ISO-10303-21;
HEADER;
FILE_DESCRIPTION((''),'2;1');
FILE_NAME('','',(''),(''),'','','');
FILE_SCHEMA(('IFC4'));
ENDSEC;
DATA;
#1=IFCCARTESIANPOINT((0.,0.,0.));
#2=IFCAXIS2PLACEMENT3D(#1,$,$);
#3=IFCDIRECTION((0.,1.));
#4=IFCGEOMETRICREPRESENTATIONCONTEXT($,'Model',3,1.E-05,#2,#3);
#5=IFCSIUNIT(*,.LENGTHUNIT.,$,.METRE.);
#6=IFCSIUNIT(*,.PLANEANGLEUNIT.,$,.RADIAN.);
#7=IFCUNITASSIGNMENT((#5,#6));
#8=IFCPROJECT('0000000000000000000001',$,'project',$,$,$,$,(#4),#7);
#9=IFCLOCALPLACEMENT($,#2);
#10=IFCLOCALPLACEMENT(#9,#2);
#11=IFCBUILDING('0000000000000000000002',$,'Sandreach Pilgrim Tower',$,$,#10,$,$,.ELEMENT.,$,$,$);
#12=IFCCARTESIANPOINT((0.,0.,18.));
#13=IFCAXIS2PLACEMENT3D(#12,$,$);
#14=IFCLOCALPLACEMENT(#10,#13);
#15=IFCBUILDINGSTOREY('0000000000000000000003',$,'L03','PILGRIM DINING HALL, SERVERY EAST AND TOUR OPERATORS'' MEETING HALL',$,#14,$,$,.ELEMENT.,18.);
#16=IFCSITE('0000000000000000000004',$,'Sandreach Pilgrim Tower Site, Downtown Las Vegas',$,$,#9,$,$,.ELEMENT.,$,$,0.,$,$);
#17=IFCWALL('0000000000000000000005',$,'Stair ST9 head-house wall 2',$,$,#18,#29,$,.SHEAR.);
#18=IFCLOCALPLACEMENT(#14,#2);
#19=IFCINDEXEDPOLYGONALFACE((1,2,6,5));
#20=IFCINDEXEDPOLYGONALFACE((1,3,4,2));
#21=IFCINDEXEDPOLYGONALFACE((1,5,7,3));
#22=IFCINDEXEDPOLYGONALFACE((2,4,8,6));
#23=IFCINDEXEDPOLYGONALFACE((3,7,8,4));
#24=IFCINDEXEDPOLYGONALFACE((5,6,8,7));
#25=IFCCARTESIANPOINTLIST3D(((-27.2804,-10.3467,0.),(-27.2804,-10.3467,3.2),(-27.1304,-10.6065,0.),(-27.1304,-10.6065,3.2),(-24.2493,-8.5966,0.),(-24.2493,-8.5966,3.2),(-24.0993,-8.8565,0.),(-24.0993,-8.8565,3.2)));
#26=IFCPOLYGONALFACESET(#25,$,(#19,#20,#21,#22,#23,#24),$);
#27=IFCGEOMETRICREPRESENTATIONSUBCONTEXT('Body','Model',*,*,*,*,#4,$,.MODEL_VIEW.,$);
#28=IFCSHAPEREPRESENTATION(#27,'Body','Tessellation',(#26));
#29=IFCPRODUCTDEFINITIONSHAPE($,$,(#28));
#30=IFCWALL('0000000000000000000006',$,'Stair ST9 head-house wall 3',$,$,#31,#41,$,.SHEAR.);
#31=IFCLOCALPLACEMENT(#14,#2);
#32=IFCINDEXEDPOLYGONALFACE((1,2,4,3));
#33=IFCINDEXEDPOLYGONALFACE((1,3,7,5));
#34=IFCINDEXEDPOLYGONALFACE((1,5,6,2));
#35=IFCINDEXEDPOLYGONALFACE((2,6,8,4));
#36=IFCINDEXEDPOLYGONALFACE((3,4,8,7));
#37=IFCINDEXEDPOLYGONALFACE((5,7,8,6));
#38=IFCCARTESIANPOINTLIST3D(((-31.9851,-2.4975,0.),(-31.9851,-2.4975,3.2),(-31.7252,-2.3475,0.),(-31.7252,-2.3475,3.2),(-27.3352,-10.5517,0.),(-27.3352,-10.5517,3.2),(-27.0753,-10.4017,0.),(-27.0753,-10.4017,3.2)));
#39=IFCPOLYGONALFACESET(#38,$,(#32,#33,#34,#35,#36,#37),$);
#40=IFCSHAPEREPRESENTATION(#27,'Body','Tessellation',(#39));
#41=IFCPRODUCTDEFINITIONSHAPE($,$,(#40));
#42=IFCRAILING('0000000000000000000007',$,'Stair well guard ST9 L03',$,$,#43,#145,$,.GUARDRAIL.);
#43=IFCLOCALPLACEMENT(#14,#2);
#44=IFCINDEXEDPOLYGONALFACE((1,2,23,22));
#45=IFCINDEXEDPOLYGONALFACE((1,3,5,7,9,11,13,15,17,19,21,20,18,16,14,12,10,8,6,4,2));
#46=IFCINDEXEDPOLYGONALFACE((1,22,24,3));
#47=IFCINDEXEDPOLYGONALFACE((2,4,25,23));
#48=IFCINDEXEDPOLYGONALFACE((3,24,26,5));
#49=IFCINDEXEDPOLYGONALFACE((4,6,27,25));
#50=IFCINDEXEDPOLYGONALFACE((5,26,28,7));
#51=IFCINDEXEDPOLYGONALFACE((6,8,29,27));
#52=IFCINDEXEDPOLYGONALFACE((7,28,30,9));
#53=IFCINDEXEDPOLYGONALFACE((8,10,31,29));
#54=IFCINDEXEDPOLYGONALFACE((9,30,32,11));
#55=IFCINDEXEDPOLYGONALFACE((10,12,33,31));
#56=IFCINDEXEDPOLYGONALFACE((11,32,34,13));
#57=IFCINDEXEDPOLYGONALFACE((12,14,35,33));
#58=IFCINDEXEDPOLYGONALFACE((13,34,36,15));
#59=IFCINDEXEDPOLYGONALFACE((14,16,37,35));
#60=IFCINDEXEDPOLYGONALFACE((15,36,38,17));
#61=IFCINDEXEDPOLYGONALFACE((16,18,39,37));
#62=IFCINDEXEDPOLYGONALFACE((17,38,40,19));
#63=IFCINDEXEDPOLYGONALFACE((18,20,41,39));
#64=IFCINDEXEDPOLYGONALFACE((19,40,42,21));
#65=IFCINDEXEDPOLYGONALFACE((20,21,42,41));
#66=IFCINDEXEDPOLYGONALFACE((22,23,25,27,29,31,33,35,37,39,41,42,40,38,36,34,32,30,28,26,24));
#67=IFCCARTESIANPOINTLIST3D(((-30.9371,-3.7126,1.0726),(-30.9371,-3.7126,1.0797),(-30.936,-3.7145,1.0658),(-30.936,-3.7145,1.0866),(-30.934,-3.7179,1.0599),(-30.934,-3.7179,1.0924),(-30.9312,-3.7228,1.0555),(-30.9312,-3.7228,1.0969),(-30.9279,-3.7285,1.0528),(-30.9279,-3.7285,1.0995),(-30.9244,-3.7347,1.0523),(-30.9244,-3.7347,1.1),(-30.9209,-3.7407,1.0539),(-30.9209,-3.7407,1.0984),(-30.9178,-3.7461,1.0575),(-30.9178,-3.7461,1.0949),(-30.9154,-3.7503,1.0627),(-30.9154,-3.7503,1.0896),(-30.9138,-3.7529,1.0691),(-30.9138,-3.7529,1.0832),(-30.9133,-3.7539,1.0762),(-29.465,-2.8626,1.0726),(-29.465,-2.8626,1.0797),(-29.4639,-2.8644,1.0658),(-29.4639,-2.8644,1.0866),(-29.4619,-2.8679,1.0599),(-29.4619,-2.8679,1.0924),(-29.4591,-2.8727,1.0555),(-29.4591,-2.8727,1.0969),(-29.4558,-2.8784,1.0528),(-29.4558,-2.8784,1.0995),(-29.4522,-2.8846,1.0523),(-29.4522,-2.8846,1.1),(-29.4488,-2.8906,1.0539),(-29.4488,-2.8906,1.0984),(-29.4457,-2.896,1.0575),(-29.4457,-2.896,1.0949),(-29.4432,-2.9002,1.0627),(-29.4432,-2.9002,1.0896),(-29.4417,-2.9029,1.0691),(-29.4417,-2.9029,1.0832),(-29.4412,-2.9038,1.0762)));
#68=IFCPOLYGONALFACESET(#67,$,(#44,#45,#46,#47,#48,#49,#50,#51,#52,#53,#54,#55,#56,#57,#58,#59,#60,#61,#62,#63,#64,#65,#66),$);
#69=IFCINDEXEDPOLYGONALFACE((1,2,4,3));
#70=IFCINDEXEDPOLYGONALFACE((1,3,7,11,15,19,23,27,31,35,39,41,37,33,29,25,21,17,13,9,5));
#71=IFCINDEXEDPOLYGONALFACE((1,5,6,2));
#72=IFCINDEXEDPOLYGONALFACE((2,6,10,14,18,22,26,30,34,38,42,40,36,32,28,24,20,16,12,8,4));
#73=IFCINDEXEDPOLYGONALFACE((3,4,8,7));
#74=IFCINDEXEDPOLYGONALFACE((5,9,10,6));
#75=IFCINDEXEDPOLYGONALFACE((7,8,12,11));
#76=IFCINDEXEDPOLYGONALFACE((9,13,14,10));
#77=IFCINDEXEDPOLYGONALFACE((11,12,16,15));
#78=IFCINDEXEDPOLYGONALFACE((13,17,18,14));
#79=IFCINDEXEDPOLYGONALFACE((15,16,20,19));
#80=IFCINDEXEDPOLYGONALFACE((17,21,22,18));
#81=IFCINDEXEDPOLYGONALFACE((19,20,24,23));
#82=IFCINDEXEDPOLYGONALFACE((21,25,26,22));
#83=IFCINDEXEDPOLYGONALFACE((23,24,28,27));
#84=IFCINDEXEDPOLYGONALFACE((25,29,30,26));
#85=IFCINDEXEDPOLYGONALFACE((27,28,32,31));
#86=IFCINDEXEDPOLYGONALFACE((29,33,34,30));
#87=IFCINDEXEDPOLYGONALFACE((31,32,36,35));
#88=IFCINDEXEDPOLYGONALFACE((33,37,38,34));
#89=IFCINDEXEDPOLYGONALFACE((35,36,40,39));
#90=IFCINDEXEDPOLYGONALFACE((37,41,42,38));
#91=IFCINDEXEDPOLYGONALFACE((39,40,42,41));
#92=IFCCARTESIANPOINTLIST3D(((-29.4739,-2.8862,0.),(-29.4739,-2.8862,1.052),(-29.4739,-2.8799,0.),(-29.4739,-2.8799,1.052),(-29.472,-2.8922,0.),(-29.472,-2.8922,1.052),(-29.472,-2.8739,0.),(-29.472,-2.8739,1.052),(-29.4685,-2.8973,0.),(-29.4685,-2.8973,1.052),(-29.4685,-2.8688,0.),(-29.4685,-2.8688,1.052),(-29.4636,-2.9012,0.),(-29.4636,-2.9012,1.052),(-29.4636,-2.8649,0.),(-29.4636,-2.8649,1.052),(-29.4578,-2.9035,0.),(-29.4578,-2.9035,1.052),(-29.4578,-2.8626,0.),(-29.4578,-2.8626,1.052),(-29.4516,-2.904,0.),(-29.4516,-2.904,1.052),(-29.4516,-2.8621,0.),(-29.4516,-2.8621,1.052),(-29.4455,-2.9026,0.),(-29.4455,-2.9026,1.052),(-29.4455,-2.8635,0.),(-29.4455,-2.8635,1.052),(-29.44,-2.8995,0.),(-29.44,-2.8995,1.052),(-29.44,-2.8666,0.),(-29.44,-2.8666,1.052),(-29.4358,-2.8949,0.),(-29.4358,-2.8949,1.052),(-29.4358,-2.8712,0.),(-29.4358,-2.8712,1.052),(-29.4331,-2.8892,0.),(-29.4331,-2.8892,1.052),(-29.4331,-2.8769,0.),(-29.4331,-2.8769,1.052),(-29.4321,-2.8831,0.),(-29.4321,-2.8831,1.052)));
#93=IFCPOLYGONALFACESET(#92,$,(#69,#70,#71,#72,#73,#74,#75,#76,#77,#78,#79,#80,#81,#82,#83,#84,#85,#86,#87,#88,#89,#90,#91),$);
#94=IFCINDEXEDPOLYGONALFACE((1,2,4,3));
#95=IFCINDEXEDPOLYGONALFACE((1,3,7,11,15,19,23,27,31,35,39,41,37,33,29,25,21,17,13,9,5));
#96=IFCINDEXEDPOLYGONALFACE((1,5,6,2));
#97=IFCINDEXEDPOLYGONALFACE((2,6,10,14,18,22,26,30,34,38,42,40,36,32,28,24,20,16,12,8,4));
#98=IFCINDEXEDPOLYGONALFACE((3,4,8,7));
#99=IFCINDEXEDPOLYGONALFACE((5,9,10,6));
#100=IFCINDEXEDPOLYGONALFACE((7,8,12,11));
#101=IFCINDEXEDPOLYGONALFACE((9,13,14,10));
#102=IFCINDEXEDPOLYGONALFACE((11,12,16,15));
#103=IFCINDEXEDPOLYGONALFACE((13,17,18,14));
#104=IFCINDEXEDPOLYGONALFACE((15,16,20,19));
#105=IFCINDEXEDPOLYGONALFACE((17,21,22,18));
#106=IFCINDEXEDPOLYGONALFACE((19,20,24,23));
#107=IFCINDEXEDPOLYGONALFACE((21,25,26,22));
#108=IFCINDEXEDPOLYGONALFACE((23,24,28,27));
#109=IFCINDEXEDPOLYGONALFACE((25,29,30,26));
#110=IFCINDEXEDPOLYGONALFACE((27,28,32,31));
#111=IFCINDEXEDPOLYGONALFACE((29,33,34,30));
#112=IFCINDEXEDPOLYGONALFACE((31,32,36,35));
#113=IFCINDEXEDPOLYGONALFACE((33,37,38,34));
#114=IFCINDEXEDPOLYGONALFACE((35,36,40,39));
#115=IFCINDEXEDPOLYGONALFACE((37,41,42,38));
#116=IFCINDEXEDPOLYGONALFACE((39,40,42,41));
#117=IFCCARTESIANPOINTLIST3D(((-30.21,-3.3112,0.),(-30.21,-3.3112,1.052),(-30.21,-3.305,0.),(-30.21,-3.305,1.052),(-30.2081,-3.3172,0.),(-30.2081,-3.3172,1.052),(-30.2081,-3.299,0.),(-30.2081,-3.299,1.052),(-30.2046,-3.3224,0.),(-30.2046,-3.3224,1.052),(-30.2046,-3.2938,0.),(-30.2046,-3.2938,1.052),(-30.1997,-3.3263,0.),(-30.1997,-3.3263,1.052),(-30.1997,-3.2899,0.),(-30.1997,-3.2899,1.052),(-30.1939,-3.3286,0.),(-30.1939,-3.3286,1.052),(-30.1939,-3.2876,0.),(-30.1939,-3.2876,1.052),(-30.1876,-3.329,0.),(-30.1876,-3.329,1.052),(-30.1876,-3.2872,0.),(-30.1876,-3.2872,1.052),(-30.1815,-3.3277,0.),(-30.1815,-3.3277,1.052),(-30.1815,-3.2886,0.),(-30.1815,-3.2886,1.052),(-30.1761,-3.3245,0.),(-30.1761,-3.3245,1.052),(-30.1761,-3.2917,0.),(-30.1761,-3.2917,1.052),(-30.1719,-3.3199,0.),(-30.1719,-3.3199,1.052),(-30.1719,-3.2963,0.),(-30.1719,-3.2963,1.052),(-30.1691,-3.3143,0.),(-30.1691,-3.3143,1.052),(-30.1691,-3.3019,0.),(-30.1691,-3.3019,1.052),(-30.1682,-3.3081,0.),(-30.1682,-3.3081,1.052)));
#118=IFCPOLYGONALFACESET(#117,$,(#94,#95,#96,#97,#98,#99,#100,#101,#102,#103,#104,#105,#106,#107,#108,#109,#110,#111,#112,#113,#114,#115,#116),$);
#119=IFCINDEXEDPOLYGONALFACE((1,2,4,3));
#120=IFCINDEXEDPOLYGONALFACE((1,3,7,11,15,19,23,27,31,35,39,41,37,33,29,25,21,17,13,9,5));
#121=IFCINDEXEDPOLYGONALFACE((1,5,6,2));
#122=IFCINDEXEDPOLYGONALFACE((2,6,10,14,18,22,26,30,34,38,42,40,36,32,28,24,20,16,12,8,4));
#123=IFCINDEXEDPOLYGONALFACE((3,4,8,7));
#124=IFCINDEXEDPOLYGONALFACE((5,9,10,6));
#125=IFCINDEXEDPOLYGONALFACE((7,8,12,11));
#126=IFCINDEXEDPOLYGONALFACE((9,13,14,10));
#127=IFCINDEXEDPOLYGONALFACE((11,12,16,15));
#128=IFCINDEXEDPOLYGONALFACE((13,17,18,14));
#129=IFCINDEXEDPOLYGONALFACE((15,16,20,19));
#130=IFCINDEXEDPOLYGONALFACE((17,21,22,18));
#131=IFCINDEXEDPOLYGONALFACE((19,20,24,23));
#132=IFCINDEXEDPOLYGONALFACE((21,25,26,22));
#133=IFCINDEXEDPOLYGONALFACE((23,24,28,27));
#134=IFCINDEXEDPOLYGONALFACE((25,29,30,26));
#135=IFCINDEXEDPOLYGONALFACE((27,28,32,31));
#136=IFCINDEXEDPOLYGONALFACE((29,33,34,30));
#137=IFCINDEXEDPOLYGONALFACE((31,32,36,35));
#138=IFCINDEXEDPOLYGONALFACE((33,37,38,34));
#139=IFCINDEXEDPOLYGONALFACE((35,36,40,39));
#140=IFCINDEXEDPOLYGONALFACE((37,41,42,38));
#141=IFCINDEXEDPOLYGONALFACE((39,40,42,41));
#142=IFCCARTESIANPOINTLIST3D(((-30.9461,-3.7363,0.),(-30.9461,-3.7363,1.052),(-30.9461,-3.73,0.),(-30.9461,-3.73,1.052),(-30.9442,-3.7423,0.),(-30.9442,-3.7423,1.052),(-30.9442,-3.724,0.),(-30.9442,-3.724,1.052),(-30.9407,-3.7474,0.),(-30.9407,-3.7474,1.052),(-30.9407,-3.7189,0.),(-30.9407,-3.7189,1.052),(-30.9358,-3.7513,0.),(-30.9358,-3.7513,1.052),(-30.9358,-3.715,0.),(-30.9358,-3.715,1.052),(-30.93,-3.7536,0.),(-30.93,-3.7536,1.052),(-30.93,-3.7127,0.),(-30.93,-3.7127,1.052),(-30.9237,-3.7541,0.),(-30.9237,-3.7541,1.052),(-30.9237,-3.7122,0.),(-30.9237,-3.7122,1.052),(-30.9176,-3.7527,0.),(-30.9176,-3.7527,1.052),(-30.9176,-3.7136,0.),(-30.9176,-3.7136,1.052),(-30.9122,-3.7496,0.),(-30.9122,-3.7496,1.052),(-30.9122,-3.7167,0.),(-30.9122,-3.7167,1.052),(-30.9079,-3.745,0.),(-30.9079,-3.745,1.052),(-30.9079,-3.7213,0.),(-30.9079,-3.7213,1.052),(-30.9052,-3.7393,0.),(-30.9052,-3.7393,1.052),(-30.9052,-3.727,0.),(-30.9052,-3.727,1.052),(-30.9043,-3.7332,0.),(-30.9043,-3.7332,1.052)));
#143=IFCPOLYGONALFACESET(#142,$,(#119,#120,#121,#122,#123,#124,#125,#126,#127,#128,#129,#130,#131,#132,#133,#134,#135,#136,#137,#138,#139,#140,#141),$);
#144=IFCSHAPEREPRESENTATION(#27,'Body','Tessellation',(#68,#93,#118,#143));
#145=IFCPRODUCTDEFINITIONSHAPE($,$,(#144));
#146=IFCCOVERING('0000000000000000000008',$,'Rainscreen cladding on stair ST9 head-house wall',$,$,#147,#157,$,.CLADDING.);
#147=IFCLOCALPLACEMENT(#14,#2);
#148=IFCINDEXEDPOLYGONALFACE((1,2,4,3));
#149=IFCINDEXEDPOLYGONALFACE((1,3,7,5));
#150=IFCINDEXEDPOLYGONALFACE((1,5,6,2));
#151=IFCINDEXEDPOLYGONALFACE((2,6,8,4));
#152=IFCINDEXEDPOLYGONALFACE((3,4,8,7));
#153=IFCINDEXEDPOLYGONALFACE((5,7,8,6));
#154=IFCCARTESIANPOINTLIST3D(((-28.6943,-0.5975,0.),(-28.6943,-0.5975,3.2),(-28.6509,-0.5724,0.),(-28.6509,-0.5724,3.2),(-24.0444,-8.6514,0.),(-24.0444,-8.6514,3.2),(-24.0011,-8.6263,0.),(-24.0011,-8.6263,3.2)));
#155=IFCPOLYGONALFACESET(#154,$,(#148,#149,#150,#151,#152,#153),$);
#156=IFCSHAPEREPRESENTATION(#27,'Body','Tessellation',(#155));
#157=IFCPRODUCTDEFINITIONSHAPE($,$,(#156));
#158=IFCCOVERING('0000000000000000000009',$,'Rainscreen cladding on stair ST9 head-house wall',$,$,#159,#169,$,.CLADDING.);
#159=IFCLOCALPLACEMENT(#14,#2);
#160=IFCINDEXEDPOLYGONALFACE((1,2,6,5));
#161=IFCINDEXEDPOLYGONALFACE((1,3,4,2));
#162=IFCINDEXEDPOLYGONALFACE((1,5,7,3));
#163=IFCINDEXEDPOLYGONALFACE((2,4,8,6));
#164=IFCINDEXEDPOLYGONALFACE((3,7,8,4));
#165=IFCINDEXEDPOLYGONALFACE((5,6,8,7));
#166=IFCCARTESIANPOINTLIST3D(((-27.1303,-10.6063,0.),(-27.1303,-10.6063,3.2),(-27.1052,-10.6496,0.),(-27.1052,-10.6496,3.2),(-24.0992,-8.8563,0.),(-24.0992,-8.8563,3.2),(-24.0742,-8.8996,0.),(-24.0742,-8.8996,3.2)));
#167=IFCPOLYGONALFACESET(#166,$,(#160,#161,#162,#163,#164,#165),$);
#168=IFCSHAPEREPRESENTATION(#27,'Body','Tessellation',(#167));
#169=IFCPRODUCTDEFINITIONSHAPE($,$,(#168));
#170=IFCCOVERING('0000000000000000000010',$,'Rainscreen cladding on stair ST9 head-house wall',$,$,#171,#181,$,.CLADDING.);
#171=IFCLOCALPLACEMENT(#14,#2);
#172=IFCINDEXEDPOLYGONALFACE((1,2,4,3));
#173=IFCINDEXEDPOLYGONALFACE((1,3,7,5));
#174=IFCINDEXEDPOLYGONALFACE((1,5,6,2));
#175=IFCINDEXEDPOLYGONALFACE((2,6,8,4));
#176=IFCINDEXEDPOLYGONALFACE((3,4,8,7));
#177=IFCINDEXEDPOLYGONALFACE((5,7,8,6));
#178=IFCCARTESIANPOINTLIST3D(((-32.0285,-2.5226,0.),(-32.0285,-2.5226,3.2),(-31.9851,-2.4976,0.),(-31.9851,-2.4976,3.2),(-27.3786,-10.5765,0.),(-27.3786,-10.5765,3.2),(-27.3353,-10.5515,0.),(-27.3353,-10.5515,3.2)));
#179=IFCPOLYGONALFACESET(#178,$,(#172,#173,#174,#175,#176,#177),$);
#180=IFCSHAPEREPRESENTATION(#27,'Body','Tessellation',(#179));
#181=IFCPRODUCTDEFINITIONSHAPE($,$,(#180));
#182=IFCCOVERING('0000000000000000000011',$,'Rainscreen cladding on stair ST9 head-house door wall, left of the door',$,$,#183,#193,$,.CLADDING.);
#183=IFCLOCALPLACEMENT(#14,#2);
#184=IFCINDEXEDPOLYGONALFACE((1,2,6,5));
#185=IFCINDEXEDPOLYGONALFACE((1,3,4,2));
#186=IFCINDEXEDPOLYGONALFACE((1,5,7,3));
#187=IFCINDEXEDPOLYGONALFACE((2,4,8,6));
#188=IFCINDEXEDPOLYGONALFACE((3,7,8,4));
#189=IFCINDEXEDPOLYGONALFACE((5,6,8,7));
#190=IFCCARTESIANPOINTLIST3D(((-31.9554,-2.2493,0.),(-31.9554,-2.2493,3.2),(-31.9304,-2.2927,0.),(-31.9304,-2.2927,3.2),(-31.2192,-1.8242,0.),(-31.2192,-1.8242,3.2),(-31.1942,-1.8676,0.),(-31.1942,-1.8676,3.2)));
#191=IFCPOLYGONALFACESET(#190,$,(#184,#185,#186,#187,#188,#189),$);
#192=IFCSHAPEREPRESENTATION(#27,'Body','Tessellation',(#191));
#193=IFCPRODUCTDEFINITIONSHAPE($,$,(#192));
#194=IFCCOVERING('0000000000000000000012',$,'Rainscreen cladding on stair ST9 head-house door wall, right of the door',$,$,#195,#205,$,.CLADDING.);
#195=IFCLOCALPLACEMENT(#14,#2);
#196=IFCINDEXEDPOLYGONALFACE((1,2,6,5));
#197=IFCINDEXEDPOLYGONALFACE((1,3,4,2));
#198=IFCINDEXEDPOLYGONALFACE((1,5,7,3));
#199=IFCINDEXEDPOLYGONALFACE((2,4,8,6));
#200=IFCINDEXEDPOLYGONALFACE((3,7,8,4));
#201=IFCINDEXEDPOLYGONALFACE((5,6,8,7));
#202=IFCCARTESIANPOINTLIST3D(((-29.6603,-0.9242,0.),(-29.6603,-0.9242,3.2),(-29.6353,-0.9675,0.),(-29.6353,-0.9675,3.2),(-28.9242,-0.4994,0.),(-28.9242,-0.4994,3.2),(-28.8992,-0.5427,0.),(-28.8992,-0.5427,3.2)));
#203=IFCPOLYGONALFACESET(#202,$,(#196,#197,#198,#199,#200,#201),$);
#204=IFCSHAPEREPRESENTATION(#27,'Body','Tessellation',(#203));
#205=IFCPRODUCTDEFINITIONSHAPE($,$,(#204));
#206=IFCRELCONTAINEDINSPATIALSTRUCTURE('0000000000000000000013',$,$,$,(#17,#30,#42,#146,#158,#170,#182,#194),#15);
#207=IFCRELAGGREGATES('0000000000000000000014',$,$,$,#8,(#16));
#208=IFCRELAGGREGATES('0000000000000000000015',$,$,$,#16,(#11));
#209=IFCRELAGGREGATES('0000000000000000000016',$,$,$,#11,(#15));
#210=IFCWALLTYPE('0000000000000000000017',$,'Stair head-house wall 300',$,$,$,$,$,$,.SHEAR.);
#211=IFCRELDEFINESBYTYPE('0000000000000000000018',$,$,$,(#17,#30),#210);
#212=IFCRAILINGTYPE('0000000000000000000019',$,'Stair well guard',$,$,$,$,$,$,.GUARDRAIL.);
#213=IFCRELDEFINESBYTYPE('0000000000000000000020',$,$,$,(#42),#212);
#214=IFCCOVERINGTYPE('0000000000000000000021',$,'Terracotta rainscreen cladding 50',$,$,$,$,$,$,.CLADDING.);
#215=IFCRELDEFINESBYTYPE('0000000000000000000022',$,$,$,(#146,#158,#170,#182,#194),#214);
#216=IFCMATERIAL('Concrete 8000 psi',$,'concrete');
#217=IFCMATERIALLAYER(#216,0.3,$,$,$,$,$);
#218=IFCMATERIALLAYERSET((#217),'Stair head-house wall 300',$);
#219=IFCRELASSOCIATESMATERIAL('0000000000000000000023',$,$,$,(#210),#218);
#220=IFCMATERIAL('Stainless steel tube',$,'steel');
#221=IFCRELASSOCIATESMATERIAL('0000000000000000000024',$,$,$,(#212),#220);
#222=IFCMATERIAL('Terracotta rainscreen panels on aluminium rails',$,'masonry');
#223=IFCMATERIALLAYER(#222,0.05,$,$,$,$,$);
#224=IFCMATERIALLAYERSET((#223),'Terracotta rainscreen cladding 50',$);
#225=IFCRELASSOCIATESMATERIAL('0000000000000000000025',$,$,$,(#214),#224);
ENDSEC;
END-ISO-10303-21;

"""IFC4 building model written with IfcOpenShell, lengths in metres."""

from ifc_helpers import new_model, si_unit, direction, frame, frame_2d, origin, origin_2d, place, context, subcontext, project, spatial, rectangle, circle, extrude, material, layer, layer_set, type_object, element, save


model = new_model("IFC4")

# Units and contexts
model_context = context("Model", 3, precision=1e-05, world=origin(), true_north=direction((0.0, 1.0)))
body_context = subcontext(model_context, "Body", "Model", "MODEL_VIEW")
ifc_project = project(units=[si_unit("LENGTHUNIT", "METRE"), si_unit("PLANEANGLEUNIT", "RADIAN")], contexts=[model_context])

# Site, building, storey
site_placement = place(None, origin())
site = spatial("IfcSite", under=ifc_project, at=site_placement, Name="Sandreach Pilgrim Tower Site, Downtown Las Vegas", CompositionType="ELEMENT", RefElevation=0.0)
building_placement = place(site_placement, origin())
building = spatial("IfcBuilding", under=site, at=building_placement, Name="Sandreach Pilgrim Tower", CompositionType="ELEMENT")
storey_placement = place(building_placement, frame((0.0, 0.0, 18.0)))
storey = spatial("IfcBuildingStorey", under=building, at=storey_placement, Name="L03", Description="PILGRIM DINING HALL, SERVERY EAST AND TOUR OPERATORS' MEETING HALL", CompositionType="ELEMENT", Elevation=18.0)

# Walls
ifc_material_1 = material(Name="Concrete 8000 psi", Category="concrete")
ifc_layer_1 = layer(ifc_material_1, 0.3)
ifc_layer_set_1 = layer_set([ifc_layer_1], Name="Stair head-house wall 300")
wall_type = type_object("IfcWallType", Name="Stair head-house wall 300", PredefinedType="SHEAR", material=ifc_layer_set_1)
wall_1_placement = place(storey_placement, frame((-24.1743, -8.7266, 0.0), z_axis=(0.0, 0.0, 1.0), x_axis=(-0.866019, -0.50001, 0.0)))
element("IfcWall", 1, at=wall_1_placement, inside=storey, type_object=wall_type, Name="Stair ST9 head-house wall 2", PredefinedType="SHEAR", context=body_context, shape_type="SweptSolid", body=[
    extrude(rectangle(XDim=3.5, YDim=0.3, at=frame_2d((1.75, 0.0))), origin(), (0.0, 0.0, 1.0), 3.2),
])
wall_2_placement = place(storey_placement, frame((-27.2053, -10.4766, 0.0), z_axis=(0.0, 0.0, 1.0), x_axis=(-0.499985, 0.866034, 0.0)))
element("IfcWall", 2, at=wall_2_placement, inside=storey, type_object=wall_type, Name="Stair ST9 head-house wall 3", PredefinedType="SHEAR", context=body_context, shape_type="SweptSolid", body=[
    extrude(rectangle(XDim=9.3, YDim=0.3, at=frame_2d((4.6499, 0.0))), origin(), (0.0, 0.0, 1.0), 3.2),
])

# Railing
ifc_material_2 = material(Name="Stainless steel tube", Category="steel")
railing_type = type_object("IfcRailingType", Name="Stair well guard", PredefinedType="GUARDRAIL", material=ifc_material_2)
railing_placement = place(storey_placement, frame((-29.4531, -2.8831, 0.0)))
element("IfcRailing", 3, at=railing_placement, inside=storey, type_object=railing_type, Name="Stair well guard ST9 L03", PredefinedType="GUARDRAIL", context=body_context, shape_type="SweptSolid", body=[
    extrude(circle(Radius=0.0239, at=origin_2d()), frame((0.0, 0.0, 1.0762), z_axis=(-0.865989, -0.500062, 0.0), x_axis=(0.500062, -0.865989, 0.0)), (0.0, 0.0, 1.0), 1.7),
    extrude(circle(Radius=0.021, at=origin_2d()), origin(), (0.0, 0.0, 1.0), 1.052),
    extrude(circle(Radius=0.021, at=origin_2d()), frame((-0.7361, -0.425, 0.0)), (0.0, 0.0, 1.0), 1.052),
    extrude(circle(Radius=0.021, at=origin_2d()), frame((-1.4722, -0.8501, 0.0)), (0.0, 0.0, 1.0), 1.052),
])

# Coverings
ifc_material_3 = material(Name="Terracotta rainscreen panels on aluminium rails", Category="masonry")
ifc_layer_2 = layer(ifc_material_3, 0.05)
ifc_layer_set_2 = layer_set([ifc_layer_2], Name="Terracotta rainscreen cladding 50")
covering_type = type_object("IfcCoveringType", Name="Terracotta rainscreen cladding 50", PredefinedType="CLADDING", material=ifc_layer_set_2)
covering_1_placement = place(storey_placement, frame((-28.6726, -0.585, 0.0), z_axis=(0.0, 0.0, 1.0), x_axis=(0.499996, -0.866028, 0.0)))
element("IfcCovering", 4, at=covering_1_placement, inside=storey, type_object=covering_type, Name="Rainscreen cladding on stair ST9 head-house wall", PredefinedType="CLADDING", context=body_context, shape_type="SweptSolid", body=[
    extrude(rectangle(XDim=9.2998, YDim=0.05, at=frame_2d((4.6499, 0.0))), origin(), (0.0, 0.0, 1.0), 3.2),
])
covering_2_placement = place(storey_placement, frame((-24.0867, -8.8779, 0.0), z_axis=(0.0, 0.0, 1.0), x_axis=(-0.866019, -0.50001, 0.0)))
element("IfcCovering", 5, at=covering_2_placement, inside=storey, type_object=covering_type, Name="Rainscreen cladding on stair ST9 head-house wall", PredefinedType="CLADDING", context=body_context, shape_type="SweptSolid", body=[
    extrude(rectangle(XDim=3.5, YDim=0.05, at=frame_2d((1.75, 0.0))), origin(), (0.0, 0.0, 1.0), 3.2),
])
covering_3_placement = place(storey_placement, frame((-27.3569, -10.564, 0.0), z_axis=(0.0, 0.0, 1.0), x_axis=(-0.499996, 0.866028, 0.0)))
element("IfcCovering", 6, at=covering_3_placement, inside=storey, type_object=covering_type, Name="Rainscreen cladding on stair ST9 head-house wall", PredefinedType="CLADDING", context=body_context, shape_type="SweptSolid", body=[
    extrude(rectangle(XDim=9.2998, YDim=0.05, at=frame_2d((4.6499, 0.0))), origin(), (0.0, 0.0, 1.0), 3.2),
])
covering_4_placement = place(storey_placement, frame((-31.9429, -2.271, 0.0), z_axis=(0.0, 0.0, 1.0), x_axis=(0.865989, 0.500062, 0.0)))
element("IfcCovering", 7, at=covering_4_placement, inside=storey, type_object=covering_type, Name="Rainscreen cladding on stair ST9 head-house door wall, left of the door", PredefinedType="CLADDING", context=body_context, shape_type="SweptSolid", body=[
    extrude(rectangle(XDim=0.8501, YDim=0.05, at=frame_2d((0.425, 0.0))), origin(), (0.0, 0.0, 1.0), 3.2),
])
covering_5_placement = place(storey_placement, frame((-29.6477, -0.9458, 0.0), z_axis=(0.0, 0.0, 1.0), x_axis=(0.866114, 0.499847, 0.0)))
element("IfcCovering", 8, at=covering_5_placement, inside=storey, type_object=covering_type, Name="Rainscreen cladding on stair ST9 head-house door wall, right of the door", PredefinedType="CLADDING", context=body_context, shape_type="SweptSolid", body=[
    extrude(rectangle(XDim=0.8499, YDim=0.05, at=frame_2d((0.4248, 0.0))), origin(), (0.0, 0.0, 1.0), 3.2),
])

save(model, "model.ifc")
